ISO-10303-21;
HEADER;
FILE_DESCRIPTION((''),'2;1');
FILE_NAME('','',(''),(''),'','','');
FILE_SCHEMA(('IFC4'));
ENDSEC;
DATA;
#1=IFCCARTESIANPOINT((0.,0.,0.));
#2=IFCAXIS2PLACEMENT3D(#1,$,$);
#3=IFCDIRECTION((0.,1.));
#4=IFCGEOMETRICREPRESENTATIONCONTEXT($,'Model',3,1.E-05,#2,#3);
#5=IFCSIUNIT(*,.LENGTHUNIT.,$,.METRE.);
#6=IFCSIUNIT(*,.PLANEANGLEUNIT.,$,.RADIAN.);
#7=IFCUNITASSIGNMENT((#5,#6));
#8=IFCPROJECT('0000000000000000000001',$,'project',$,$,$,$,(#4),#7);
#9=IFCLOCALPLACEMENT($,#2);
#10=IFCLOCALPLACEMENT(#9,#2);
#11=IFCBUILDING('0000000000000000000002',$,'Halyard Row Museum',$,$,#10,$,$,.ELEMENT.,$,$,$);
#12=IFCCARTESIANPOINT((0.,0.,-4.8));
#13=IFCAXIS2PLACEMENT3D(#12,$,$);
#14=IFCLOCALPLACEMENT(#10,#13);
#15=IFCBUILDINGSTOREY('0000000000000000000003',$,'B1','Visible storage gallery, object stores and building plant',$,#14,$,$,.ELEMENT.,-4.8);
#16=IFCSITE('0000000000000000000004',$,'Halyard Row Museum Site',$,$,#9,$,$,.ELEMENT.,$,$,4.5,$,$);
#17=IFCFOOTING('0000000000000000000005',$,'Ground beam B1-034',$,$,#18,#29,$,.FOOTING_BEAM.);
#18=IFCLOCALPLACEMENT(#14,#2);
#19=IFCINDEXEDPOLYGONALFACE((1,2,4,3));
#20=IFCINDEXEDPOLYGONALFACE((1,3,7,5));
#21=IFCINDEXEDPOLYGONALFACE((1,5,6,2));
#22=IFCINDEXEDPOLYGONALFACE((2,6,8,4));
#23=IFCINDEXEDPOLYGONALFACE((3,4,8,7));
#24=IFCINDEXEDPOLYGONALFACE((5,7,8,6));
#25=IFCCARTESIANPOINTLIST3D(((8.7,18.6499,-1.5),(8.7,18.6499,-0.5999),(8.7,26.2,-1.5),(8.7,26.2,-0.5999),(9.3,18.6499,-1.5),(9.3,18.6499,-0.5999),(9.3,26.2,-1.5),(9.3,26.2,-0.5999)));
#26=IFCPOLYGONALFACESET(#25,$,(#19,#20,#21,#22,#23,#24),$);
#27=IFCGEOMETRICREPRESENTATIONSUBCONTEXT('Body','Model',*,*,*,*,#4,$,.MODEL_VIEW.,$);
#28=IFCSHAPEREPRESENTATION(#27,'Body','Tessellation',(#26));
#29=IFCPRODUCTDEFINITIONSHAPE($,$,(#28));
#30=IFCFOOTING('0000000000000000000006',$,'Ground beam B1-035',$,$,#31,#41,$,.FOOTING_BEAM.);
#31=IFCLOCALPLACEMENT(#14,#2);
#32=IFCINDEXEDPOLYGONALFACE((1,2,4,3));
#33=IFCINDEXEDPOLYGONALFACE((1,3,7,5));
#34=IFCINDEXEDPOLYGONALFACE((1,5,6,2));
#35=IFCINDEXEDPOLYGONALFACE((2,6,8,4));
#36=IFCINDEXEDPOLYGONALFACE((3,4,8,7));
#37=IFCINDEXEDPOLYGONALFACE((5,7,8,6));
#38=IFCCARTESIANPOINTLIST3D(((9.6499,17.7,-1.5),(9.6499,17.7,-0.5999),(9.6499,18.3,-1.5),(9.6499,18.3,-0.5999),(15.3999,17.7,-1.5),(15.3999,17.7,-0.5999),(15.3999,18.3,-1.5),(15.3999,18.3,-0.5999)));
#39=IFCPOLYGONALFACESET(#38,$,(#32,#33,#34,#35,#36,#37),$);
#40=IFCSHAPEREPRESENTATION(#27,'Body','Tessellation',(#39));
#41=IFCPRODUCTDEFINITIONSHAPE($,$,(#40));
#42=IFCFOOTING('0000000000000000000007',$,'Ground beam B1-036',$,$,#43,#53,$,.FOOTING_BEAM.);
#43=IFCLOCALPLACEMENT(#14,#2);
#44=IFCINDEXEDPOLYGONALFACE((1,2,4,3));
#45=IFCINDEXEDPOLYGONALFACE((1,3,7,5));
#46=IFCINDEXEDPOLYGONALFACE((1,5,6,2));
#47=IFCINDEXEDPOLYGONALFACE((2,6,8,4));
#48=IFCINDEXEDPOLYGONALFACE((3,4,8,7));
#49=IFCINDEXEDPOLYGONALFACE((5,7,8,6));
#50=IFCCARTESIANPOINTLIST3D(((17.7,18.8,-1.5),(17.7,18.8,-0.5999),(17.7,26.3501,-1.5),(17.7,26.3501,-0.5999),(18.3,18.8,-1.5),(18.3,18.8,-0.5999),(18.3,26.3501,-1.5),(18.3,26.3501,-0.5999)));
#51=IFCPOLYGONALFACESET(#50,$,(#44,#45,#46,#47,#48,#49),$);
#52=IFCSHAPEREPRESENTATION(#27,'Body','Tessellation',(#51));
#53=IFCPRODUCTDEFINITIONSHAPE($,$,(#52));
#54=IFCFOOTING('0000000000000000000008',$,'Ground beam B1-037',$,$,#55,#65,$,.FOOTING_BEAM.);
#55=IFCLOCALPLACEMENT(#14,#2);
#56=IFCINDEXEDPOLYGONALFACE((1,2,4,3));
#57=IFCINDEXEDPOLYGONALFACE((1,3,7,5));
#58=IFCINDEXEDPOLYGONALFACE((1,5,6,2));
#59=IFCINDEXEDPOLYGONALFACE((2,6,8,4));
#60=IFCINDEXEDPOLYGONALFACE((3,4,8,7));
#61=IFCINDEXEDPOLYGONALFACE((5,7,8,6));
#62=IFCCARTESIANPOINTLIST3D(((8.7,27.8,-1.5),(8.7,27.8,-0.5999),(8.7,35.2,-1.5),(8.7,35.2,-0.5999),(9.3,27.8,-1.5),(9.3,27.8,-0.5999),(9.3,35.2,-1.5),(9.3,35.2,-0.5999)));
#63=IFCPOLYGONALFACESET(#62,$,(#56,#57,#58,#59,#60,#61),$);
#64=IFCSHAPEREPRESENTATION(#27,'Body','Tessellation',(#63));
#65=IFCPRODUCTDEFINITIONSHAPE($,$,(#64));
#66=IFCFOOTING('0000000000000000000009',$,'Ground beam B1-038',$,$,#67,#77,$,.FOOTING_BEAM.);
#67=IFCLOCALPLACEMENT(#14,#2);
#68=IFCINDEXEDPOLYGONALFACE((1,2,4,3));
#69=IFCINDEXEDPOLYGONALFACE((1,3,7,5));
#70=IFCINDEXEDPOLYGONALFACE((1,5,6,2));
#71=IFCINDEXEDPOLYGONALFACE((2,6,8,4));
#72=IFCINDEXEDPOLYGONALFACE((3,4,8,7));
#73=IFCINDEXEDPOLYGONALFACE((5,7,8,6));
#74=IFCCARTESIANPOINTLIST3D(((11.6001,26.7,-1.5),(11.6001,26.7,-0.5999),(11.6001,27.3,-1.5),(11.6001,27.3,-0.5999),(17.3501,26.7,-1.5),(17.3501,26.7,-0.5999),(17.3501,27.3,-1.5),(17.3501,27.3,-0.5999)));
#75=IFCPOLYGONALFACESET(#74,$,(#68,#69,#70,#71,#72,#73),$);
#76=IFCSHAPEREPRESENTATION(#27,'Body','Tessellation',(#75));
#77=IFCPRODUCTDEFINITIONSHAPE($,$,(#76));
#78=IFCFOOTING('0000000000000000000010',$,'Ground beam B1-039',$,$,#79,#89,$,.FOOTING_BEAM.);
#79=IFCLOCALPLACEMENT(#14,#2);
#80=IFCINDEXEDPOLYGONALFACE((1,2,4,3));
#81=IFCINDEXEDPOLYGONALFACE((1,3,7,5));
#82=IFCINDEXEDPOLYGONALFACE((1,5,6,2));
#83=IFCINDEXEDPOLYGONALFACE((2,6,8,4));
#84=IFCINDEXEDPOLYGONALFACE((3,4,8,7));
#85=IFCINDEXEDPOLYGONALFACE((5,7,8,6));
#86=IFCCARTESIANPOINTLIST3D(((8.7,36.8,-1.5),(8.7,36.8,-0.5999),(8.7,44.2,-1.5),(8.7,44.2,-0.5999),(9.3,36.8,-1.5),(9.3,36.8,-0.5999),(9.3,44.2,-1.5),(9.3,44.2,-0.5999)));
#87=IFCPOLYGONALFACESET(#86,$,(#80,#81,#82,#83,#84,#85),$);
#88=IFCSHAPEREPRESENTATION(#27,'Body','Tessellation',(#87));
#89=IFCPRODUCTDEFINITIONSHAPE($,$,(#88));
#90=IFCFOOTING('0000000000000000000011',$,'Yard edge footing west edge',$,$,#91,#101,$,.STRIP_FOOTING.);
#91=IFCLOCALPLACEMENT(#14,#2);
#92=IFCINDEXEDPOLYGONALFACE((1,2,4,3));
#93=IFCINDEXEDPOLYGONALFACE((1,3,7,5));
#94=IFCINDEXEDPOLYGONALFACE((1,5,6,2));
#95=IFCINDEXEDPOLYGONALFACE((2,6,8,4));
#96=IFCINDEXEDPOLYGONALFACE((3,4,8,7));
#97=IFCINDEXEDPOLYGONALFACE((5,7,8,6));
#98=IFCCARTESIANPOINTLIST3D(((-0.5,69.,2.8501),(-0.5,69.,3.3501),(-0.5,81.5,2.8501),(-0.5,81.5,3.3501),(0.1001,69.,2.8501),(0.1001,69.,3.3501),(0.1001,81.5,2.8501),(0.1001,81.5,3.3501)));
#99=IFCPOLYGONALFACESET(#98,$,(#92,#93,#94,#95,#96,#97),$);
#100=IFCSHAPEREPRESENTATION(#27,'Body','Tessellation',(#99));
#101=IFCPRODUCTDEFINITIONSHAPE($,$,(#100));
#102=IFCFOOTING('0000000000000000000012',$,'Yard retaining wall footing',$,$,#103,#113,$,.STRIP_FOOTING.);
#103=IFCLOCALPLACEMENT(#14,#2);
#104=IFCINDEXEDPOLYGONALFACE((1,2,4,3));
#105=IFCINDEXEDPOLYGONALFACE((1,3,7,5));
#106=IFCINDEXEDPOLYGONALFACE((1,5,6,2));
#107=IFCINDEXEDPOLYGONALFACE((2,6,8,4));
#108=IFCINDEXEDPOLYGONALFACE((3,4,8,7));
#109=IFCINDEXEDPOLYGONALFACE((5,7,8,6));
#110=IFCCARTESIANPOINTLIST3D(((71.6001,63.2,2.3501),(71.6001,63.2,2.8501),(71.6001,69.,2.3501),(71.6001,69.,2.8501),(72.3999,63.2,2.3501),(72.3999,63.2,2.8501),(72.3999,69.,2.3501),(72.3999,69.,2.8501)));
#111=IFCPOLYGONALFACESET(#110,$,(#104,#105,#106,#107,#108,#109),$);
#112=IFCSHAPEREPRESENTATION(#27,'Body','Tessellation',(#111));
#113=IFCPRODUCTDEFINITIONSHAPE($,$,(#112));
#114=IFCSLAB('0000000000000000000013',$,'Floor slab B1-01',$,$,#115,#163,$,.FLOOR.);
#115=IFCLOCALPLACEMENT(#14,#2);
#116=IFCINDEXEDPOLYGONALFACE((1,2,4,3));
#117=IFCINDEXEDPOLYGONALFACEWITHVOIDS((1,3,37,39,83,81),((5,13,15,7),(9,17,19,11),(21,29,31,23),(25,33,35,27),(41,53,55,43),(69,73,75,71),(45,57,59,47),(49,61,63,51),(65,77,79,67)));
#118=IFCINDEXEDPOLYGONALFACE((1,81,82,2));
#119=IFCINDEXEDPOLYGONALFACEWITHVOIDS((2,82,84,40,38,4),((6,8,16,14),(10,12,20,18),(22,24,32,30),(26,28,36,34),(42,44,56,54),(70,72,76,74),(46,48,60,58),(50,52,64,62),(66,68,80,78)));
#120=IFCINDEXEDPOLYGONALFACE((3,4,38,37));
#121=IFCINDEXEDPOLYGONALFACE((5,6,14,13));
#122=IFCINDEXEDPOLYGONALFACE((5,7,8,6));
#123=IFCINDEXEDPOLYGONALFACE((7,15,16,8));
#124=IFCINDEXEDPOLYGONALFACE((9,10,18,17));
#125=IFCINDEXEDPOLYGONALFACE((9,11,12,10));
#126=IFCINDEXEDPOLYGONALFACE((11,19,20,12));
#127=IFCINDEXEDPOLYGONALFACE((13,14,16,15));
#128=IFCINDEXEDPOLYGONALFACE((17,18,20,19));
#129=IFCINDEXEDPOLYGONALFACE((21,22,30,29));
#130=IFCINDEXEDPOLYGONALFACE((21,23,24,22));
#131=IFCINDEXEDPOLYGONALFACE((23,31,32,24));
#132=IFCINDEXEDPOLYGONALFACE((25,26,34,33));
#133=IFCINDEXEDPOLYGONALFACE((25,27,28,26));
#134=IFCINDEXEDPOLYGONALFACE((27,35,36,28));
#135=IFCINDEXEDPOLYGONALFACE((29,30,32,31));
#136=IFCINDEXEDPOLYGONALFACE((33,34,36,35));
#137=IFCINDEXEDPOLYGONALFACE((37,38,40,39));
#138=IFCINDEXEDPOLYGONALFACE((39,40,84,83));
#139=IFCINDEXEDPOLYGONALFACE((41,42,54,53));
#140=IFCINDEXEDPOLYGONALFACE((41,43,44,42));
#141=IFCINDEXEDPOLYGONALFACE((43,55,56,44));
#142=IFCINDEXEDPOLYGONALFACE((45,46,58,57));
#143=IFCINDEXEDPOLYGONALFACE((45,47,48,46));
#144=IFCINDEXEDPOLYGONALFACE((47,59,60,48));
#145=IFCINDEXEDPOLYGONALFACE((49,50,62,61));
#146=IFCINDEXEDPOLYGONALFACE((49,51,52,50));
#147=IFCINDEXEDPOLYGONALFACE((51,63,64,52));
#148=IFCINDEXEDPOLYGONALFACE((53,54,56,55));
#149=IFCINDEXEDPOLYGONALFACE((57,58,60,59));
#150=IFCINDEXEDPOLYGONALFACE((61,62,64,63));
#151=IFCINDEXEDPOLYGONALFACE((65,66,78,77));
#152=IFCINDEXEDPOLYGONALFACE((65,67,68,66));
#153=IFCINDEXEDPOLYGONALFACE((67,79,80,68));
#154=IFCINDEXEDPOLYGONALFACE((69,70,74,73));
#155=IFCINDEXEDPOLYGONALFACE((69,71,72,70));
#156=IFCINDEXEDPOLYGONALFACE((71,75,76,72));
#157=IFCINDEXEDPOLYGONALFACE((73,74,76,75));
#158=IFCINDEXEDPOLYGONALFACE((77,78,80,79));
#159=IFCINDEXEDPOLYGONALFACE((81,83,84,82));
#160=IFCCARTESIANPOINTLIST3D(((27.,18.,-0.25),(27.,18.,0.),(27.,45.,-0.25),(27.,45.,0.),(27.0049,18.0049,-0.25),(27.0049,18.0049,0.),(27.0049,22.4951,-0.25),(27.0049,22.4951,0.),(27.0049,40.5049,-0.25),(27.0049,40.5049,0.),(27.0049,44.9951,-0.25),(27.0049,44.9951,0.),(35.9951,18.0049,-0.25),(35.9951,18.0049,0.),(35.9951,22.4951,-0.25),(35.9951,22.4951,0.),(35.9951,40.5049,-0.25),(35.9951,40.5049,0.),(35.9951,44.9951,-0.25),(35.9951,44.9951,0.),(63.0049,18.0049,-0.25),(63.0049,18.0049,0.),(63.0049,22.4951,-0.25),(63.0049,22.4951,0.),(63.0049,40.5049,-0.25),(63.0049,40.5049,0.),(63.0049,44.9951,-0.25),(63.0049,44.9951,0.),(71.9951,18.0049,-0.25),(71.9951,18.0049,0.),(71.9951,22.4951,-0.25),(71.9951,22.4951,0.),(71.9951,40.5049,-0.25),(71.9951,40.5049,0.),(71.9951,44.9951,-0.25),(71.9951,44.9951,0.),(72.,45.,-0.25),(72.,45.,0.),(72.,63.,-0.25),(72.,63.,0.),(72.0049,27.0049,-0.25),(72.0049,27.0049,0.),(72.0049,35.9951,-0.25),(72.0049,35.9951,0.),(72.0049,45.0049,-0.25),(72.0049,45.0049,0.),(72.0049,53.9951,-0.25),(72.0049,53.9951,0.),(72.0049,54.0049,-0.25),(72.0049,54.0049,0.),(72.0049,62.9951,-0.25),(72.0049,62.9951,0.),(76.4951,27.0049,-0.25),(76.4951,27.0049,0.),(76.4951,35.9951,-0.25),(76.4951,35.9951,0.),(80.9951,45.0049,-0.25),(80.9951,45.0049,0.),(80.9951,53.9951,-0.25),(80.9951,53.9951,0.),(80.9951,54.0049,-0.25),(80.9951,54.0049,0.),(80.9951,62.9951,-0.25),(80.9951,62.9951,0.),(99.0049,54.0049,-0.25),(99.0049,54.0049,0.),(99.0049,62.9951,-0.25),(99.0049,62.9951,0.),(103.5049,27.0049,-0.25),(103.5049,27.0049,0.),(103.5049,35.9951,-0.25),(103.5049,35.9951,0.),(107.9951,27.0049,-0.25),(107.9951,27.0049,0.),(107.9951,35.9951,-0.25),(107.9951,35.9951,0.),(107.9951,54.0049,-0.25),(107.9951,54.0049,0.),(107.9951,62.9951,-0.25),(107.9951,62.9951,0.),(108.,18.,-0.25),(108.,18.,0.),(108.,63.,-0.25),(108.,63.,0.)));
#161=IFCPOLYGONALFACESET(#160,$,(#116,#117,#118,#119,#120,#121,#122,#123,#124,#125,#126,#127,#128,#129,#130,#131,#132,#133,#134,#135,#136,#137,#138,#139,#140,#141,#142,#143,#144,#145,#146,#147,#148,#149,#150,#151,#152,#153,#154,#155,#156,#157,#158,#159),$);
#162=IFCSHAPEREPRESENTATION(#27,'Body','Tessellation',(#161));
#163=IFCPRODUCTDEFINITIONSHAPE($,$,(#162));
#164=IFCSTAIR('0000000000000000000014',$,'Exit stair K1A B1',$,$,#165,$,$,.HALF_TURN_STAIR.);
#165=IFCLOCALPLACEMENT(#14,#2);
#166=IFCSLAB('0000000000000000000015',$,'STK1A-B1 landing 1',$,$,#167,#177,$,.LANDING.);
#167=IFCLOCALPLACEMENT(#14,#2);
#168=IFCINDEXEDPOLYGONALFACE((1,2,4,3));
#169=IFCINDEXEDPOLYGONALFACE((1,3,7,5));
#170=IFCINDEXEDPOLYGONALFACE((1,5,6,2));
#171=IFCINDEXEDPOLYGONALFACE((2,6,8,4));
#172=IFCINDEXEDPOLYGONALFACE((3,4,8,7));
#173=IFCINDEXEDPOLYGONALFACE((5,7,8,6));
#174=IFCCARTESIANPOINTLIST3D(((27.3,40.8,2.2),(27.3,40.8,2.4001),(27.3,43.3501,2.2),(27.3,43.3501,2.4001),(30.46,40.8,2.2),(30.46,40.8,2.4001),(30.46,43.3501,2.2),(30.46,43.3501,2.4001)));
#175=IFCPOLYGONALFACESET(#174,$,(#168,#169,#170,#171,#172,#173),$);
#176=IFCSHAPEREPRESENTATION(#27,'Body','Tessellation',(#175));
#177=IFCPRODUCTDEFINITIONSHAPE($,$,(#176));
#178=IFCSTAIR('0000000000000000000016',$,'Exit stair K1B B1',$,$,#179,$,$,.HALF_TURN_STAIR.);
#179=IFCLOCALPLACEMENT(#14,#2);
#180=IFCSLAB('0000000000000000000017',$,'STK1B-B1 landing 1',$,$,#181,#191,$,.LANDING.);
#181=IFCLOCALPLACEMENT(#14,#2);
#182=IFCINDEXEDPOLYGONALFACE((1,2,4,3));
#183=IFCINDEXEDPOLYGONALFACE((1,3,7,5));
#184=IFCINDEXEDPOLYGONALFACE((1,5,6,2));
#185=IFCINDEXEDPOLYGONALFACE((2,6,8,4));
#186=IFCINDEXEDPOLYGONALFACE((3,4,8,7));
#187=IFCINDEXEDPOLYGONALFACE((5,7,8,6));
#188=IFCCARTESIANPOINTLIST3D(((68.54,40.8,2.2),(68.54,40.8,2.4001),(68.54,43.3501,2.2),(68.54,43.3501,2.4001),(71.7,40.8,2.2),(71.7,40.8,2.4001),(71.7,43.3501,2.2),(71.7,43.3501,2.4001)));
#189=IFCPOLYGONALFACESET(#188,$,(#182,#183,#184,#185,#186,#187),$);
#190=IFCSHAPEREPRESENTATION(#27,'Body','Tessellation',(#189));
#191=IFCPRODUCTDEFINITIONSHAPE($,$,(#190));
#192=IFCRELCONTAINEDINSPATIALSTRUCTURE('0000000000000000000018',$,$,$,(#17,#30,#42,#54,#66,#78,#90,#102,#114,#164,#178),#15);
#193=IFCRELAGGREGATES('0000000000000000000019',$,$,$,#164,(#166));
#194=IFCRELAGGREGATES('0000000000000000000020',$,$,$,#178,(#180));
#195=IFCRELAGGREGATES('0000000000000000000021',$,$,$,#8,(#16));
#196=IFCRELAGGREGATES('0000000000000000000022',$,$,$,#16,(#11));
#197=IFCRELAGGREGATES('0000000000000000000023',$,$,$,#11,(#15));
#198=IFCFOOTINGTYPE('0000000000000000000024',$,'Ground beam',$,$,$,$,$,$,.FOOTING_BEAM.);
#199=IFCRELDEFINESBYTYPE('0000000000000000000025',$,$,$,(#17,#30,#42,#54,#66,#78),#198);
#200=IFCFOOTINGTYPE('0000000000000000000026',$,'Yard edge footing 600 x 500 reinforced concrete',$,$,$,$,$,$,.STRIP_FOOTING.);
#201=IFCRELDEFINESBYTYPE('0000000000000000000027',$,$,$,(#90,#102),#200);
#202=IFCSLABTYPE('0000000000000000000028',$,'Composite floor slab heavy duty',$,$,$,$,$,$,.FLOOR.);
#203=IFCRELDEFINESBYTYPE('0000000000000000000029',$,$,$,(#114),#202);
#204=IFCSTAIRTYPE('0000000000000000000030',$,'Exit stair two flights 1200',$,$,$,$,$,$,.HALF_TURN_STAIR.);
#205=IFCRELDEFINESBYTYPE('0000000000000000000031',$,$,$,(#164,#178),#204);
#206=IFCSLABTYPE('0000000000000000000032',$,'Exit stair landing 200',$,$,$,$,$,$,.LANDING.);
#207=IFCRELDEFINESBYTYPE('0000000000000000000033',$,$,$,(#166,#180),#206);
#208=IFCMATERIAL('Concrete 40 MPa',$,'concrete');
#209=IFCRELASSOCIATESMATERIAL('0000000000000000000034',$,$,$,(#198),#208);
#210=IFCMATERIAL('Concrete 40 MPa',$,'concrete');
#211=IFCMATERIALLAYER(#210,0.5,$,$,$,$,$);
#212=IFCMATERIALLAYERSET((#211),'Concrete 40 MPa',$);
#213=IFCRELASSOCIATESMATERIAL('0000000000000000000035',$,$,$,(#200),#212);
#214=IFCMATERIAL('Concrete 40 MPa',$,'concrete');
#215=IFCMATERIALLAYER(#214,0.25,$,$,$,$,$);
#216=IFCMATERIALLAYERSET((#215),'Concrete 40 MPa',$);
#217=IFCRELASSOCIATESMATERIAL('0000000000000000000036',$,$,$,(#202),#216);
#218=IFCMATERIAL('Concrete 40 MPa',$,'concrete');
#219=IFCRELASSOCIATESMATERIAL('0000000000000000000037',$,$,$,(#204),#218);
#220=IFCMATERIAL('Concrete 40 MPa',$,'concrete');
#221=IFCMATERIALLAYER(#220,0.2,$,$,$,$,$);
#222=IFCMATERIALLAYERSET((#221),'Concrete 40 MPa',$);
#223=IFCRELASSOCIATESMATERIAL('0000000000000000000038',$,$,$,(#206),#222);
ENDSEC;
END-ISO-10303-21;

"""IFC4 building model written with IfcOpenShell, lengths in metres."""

from ifc_helpers import new_model, si_unit, direction, frame, origin, place, context, subcontext, project, spatial, polyline, outline, extrude, material, layer, layer_set, type_object, element, aggregate, save


model = new_model("IFC4")

# Units and contexts
model_context = context("Model", 3, precision=1e-05, world=origin(), true_north=direction((0.0, 1.0)))
body_context = subcontext(model_context, "Body", "Model", "MODEL_VIEW")
ifc_project = project(units=[si_unit("LENGTHUNIT", "METRE"), si_unit("PLANEANGLEUNIT", "RADIAN")], contexts=[model_context])

# Site, building, storey
site_placement = place(None, origin())
site = spatial("IfcSite", under=ifc_project, at=site_placement, Name="Halyard Row Museum Site", CompositionType="ELEMENT", RefElevation=4.5)
building_placement = place(site_placement, origin())
building = spatial("IfcBuilding", under=site, at=building_placement, Name="Halyard Row Museum", CompositionType="ELEMENT")
storey_placement = place(building_placement, frame((0.0, 0.0, -4.8)))
storey = spatial("IfcBuildingStorey", under=building, at=storey_placement, Name="B1", Description="Visible storage gallery, object stores and building plant", CompositionType="ELEMENT", Elevation=-4.8)

# Footings
ifc_material_1 = material(Name="Concrete 40 MPa", Category="concrete")
footing_type_1 = type_object("IfcFootingType", Name="Ground beam", PredefinedType="FOOTING_BEAM", material=ifc_material_1)
footing_1_placement = place(storey_placement, frame((0.0, 0.0, -1.5)))
element("IfcFooting", 1, at=footing_1_placement, inside=storey, type_object=footing_type_1, Name="Ground beam B1-034", PredefinedType="FOOTING_BEAM", context=body_context, shape_type="SweptSolid", body=[
    extrude(outline(polyline([(8.7, 18.6499), (9.3, 18.6499), (9.3, 26.2), (8.7, 26.2), (8.7, 18.6499)])), origin(), (0.0, 0.0, 1.0), 0.9001),
])
footing_2_placement = place(storey_placement, frame((0.0, 0.0, -1.5)))
element("IfcFooting", 2, at=footing_2_placement, inside=storey, type_object=footing_type_1, Name="Ground beam B1-035", PredefinedType="FOOTING_BEAM", context=body_context, shape_type="SweptSolid", body=[
    extrude(outline(polyline([(9.6499, 17.7), (15.3999, 17.7), (15.3999, 18.3), (9.6499, 18.3), (9.6499, 17.7)])), origin(), (0.0, 0.0, 1.0), 0.9001),
])
footing_3_placement = place(storey_placement, frame((0.0, 0.0, -1.5)))
element("IfcFooting", 3, at=footing_3_placement, inside=storey, type_object=footing_type_1, Name="Ground beam B1-036", PredefinedType="FOOTING_BEAM", context=body_context, shape_type="SweptSolid", body=[
    extrude(outline(polyline([(17.7, 18.8), (18.3, 18.8), (18.3, 26.3501), (17.7, 26.3501), (17.7, 18.8)])), origin(), (0.0, 0.0, 1.0), 0.9001),
])
footing_4_placement = place(storey_placement, frame((0.0, 0.0, -1.5)))
element("IfcFooting", 4, at=footing_4_placement, inside=storey, type_object=footing_type_1, Name="Ground beam B1-037", PredefinedType="FOOTING_BEAM", context=body_context, shape_type="SweptSolid", body=[
    extrude(outline(polyline([(8.7, 27.8), (9.3, 27.8), (9.3, 35.2), (8.7, 35.2), (8.7, 27.8)])), origin(), (0.0, 0.0, 1.0), 0.9001),
])
footing_5_placement = place(storey_placement, frame((0.0, 0.0, -1.5)))
element("IfcFooting", 5, at=footing_5_placement, inside=storey, type_object=footing_type_1, Name="Ground beam B1-038", PredefinedType="FOOTING_BEAM", context=body_context, shape_type="SweptSolid", body=[
    extrude(outline(polyline([(11.6001, 26.7), (17.3501, 26.7), (17.3501, 27.3), (11.6001, 27.3), (11.6001, 26.7)])), origin(), (0.0, 0.0, 1.0), 0.9001),
])
footing_6_placement = place(storey_placement, frame((0.0, 0.0, -1.5)))
element("IfcFooting", 6, at=footing_6_placement, inside=storey, type_object=footing_type_1, Name="Ground beam B1-039", PredefinedType="FOOTING_BEAM", context=body_context, shape_type="SweptSolid", body=[
    extrude(outline(polyline([(8.7, 36.8), (9.3, 36.8), (9.3, 44.2), (8.7, 44.2), (8.7, 36.8)])), origin(), (0.0, 0.0, 1.0), 0.9001),
])
ifc_material_2 = material(Name="Concrete 40 MPa", Category="concrete")
ifc_layer_1 = layer(ifc_material_2, 0.5)
ifc_layer_set_1 = layer_set([ifc_layer_1], Name="Concrete 40 MPa")
footing_type_2 = type_object("IfcFootingType", Name="Yard edge footing 600 x 500 reinforced concrete", PredefinedType="STRIP_FOOTING", material=ifc_layer_set_1)
footing_7_placement = place(storey_placement, frame((0.0, 0.0, 2.8501)))
element("IfcFooting", 7, at=footing_7_placement, inside=storey, type_object=footing_type_2, Name="Yard edge footing west edge", PredefinedType="STRIP_FOOTING", context=body_context, shape_type="SweptSolid", body=[
    extrude(outline(polyline([(-0.5, 69.0), (0.1001, 69.0), (0.1001, 81.5), (-0.5, 81.5), (-0.5, 69.0)])), origin(), (0.0, 0.0, 1.0), 0.5),
])
footing_8_placement = place(storey_placement, frame((0.0, 0.0, 2.3501)))
element("IfcFooting", 8, at=footing_8_placement, inside=storey, type_object=footing_type_2, Name="Yard retaining wall footing", PredefinedType="STRIP_FOOTING", context=body_context, shape_type="SweptSolid", body=[
    extrude(outline(polyline([(71.6001, 63.2), (72.3999, 63.2), (72.3999, 69.0), (71.6001, 69.0), (71.6001, 63.2)])), origin(), (0.0, 0.0, 1.0), 0.5),
])

# Slab
ifc_material_3 = material(Name="Concrete 40 MPa", Category="concrete")
ifc_layer_2 = layer(ifc_material_3, 0.25)
ifc_layer_set_2 = layer_set([ifc_layer_2], Name="Concrete 40 MPa")
slab_type_1 = type_object("IfcSlabType", Name="Composite floor slab heavy duty", PredefinedType="FLOOR", material=ifc_layer_set_2)
slab_1_placement = place(storey_placement, frame((0.0, 0.0, -0.25)))
element("IfcSlab", 9, at=slab_1_placement, inside=storey, type_object=slab_type_1, Name="Floor slab B1-01", PredefinedType="FLOOR", context=body_context, shape_type="SweptSolid", body=[
    extrude(outline(polyline([(108.0, 63.0), (72.0, 63.0), (72.0, 45.0), (27.0, 45.0), (27.0, 18.0), (108.0, 18.0), (108.0, 63.0)]), holes=[polyline([(35.9951, 18.0049), (27.0049, 18.0049), (27.0049, 22.4951), (35.9951, 22.4951), (35.9951, 18.0049)]), polyline([(71.9951, 18.0049), (63.0049, 18.0049), (63.0049, 22.4951), (71.9951, 22.4951), (71.9951, 18.0049)]), polyline([(76.4951, 27.0049), (72.0049, 27.0049), (72.0049, 35.9951), (76.4951, 35.9951), (76.4951, 27.0049)]), polyline([(107.9951, 27.0049), (103.5049, 27.0049), (103.5049, 35.9951), (107.9951, 35.9951), (107.9951, 27.0049)]), polyline([(35.9951, 40.5049), (27.0049, 40.5049), (27.0049, 44.9951), (35.9951, 44.9951), (35.9951, 40.5049)]), polyline([(71.9951, 40.5049), (63.0049, 40.5049), (63.0049, 44.9951), (71.9951, 44.9951), (71.9951, 40.5049)]), polyline([(80.9951, 45.0049), (72.0049, 45.0049), (72.0049, 53.9951), (80.9951, 53.9951), (80.9951, 45.0049)]), polyline([(72.0049, 54.0049), (72.0049, 62.9951), (80.9951, 62.9951), (80.9951, 54.0049), (72.0049, 54.0049)]), polyline([(99.0049, 54.0049), (99.0049, 62.9951), (107.9951, 62.9951), (107.9951, 54.0049), (99.0049, 54.0049)])]), origin(), (0.0, 0.0, 1.0), 0.25),
])

# Stairs, slabs
ifc_material_4 = material(Name="Concrete 40 MPa", Category="concrete")
stair_type = type_object("IfcStairType", Name="Exit stair two flights 1200", PredefinedType="HALF_TURN_STAIR", material=ifc_material_4)
stair_1_placement = place(storey_placement, origin())
stair_1 = element("IfcStair", 10, at=stair_1_placement, inside=storey, type_object=stair_type, Name="Exit stair K1A B1", PredefinedType="HALF_TURN_STAIR")
ifc_material_5 = material(Name="Concrete 40 MPa", Category="concrete")
ifc_layer_3 = layer(ifc_material_5, 0.2)
ifc_layer_set_3 = layer_set([ifc_layer_3], Name="Concrete 40 MPa")
slab_type_2 = type_object("IfcSlabType", Name="Exit stair landing 200", PredefinedType="LANDING", material=ifc_layer_set_3)
slab_2_placement = place(storey_placement, frame((0.0, 0.0, 2.2)))
slab_2 = element("IfcSlab", 11, at=slab_2_placement, type_object=slab_type_2, Name="STK1A-B1 landing 1", PredefinedType="LANDING", context=body_context, shape_type="SweptSolid", body=[
    extrude(outline(polyline([(30.46, 43.3501), (30.46, 40.8), (27.3, 40.8), (27.3, 43.3501), (30.46, 43.3501)])), origin(), (0.0, 0.0, 1.0), 0.2002),
])
aggregate(stair_1, [slab_2])
stair_2_placement = place(storey_placement, origin())
stair_2 = element("IfcStair", 12, at=stair_2_placement, inside=storey, type_object=stair_type, Name="Exit stair K1B B1", PredefinedType="HALF_TURN_STAIR")
slab_3_placement = place(storey_placement, frame((0.0, 0.0, 2.2)))
slab_3 = element("IfcSlab", 13, at=slab_3_placement, type_object=slab_type_2, Name="STK1B-B1 landing 1", PredefinedType="LANDING", context=body_context, shape_type="SweptSolid", body=[
    extrude(outline(polyline([(68.54, 43.3501), (68.54, 40.8), (71.7, 40.8), (71.7, 43.3501), (68.54, 43.3501)])), origin(), (0.0, 0.0, 1.0), 0.2002),
])
aggregate(stair_2, [slab_3])

save(model, "model.ifc")
